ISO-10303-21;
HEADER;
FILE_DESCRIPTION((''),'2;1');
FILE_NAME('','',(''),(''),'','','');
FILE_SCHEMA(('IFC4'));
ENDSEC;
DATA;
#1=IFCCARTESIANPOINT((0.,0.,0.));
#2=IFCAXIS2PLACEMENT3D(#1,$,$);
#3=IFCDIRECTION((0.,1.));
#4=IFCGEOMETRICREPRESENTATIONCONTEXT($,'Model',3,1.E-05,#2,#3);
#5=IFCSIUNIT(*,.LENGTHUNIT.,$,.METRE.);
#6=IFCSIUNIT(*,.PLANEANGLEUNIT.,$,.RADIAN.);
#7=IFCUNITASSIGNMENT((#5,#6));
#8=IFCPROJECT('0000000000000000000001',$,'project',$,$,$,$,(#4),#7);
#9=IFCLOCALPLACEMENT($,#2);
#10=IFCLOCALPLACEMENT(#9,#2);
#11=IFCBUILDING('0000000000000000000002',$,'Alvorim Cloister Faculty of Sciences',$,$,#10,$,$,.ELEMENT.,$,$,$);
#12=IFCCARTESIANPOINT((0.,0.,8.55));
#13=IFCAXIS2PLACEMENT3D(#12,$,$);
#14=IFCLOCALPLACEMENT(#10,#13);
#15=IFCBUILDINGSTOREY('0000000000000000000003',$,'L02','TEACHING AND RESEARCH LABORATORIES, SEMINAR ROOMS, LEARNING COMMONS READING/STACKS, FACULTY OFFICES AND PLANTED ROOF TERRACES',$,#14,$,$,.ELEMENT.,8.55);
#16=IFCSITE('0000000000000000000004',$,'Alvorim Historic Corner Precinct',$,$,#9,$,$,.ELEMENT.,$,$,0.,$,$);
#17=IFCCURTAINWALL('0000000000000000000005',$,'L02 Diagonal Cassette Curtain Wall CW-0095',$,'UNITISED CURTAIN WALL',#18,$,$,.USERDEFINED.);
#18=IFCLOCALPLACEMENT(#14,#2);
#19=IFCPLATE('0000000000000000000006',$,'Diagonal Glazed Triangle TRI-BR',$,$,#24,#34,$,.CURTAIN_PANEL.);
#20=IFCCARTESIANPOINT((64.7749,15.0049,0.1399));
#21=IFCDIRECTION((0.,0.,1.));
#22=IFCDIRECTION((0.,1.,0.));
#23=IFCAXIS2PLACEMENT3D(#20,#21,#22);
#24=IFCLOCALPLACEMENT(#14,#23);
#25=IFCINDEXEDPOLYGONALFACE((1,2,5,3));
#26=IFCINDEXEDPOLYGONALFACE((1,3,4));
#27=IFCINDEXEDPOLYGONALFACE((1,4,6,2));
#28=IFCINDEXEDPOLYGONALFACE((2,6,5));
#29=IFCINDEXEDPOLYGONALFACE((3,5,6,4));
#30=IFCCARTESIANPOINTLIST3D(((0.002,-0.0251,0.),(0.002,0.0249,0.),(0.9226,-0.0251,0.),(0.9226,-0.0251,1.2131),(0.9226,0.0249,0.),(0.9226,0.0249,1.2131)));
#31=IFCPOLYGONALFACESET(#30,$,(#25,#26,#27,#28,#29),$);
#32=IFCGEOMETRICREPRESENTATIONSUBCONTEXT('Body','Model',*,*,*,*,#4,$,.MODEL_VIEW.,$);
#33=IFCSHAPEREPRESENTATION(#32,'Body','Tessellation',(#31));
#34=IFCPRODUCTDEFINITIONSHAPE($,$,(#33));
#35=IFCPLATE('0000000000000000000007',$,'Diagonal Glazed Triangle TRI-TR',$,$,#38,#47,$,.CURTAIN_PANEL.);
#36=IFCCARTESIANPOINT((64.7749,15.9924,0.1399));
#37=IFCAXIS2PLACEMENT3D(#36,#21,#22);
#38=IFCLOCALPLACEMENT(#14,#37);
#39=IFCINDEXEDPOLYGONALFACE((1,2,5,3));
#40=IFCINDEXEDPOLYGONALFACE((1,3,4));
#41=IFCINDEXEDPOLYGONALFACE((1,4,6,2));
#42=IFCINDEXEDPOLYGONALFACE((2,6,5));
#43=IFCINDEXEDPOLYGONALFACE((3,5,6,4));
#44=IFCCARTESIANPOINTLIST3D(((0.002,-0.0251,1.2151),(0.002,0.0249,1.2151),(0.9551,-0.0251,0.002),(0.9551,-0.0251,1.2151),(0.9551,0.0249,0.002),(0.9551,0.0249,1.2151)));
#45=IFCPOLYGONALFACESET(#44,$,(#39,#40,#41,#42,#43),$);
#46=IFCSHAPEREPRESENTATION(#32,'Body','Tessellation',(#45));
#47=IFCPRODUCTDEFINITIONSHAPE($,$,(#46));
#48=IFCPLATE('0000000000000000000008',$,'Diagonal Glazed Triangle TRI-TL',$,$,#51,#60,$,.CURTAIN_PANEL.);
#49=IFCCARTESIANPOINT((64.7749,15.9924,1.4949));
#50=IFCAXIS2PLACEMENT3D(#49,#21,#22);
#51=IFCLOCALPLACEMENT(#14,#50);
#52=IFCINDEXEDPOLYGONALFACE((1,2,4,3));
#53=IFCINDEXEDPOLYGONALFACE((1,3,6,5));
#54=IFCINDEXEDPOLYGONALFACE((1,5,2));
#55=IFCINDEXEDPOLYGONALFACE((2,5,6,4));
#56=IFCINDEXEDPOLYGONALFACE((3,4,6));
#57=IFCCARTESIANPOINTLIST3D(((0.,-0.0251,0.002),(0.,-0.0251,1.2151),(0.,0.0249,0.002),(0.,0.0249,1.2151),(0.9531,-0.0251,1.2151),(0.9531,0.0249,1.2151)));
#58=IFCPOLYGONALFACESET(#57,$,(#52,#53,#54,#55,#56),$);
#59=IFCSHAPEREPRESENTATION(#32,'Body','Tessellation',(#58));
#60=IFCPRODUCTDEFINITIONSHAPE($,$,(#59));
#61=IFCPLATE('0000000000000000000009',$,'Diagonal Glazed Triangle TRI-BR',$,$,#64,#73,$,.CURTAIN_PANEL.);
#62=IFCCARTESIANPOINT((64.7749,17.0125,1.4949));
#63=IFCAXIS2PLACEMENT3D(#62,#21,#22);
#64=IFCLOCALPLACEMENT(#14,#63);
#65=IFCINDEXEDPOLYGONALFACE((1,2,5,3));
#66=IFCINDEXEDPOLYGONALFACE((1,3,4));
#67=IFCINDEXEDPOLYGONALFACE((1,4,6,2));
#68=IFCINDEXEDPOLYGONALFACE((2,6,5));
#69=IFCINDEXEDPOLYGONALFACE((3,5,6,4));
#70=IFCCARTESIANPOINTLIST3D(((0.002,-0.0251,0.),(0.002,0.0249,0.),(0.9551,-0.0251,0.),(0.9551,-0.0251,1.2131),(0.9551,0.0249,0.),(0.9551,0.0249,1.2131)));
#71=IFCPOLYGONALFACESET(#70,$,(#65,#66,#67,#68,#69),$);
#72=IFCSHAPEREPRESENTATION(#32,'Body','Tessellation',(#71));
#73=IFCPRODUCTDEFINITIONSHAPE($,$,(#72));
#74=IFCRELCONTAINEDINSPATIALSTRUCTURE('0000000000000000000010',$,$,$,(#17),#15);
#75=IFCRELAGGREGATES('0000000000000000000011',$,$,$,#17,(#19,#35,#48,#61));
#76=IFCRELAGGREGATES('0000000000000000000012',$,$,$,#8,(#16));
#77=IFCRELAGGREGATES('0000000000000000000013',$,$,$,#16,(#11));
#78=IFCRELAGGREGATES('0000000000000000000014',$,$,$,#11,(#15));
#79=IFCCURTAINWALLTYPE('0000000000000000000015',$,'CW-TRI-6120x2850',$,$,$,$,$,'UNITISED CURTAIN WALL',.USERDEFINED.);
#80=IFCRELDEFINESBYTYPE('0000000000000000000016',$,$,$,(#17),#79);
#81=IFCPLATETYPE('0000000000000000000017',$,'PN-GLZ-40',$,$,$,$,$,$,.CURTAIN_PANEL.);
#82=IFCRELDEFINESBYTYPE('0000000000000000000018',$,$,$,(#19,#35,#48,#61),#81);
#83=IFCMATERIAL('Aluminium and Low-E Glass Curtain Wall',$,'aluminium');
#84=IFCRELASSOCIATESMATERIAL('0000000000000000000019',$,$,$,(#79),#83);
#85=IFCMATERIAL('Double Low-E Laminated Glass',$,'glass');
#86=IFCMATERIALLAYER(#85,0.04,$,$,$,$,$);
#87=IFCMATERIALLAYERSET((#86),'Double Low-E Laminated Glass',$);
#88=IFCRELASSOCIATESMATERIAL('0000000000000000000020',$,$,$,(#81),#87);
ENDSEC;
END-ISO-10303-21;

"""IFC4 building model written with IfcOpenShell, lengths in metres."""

from ifc_helpers import new_model, si_unit, direction, frame, origin, place, context, subcontext, project, spatial, polyline, outline, extrude, material, layer, layer_set, type_object, element, aggregate, save


model = new_model("IFC4")

# Units and contexts
model_context = context("Model", 3, precision=1e-05, world=origin(), true_north=direction((0.0, 1.0)))
body_context = subcontext(model_context, "Body", "Model", "MODEL_VIEW")
ifc_project = project(units=[si_unit("LENGTHUNIT", "METRE"), si_unit("PLANEANGLEUNIT", "RADIAN")], contexts=[model_context])

# Site, building, storey
site_placement = place(None, origin())
site = spatial("IfcSite", under=ifc_project, at=site_placement, Name="Alvorim Historic Corner Precinct", CompositionType="ELEMENT", RefElevation=0.0)
building_placement = place(site_placement, origin())
building = spatial("IfcBuilding", under=site, at=building_placement, Name="Alvorim Cloister Faculty of Sciences", CompositionType="ELEMENT")
storey_placement = place(building_placement, frame((0.0, 0.0, 8.55)))
storey = spatial("IfcBuildingStorey", under=building, at=storey_placement, Name="L02", Description="TEACHING AND RESEARCH LABORATORIES, SEMINAR ROOMS, LEARNING COMMONS READING/STACKS, FACULTY OFFICES AND PLANTED ROOF TERRACES", CompositionType="ELEMENT", Elevation=8.55)

# Curtain wall, plates
ifc_material_1 = material(Name="Aluminium and Low-E Glass Curtain Wall", Category="aluminium")
curtain_wall_type = type_object("IfcCurtainWallType", Name="CW-TRI-6120x2850", ElementType="UNITISED CURTAIN WALL", PredefinedType="USERDEFINED", material=ifc_material_1)
curtain_wall_placement = place(storey_placement, origin())
curtain_wall = element("IfcCurtainWall", 1, at=curtain_wall_placement, inside=storey, type_object=curtain_wall_type, Name="L02 Diagonal Cassette Curtain Wall CW-0095", ObjectType="UNITISED CURTAIN WALL", PredefinedType="USERDEFINED")
ifc_material_2 = material(Name="Double Low-E Laminated Glass", Category="glass")
ifc_layer_1 = layer(ifc_material_2, 0.04)
ifc_layer_set_1 = layer_set([ifc_layer_1], Name="Double Low-E Laminated Glass")
plate_type = type_object("IfcPlateType", Name="PN-GLZ-40", PredefinedType="CURTAIN_PANEL", material=ifc_layer_set_1)
plate_1_placement = place(storey_placement, frame((64.7749, 15.0049, 0.1399), z_axis=(0.0, 0.0, 1.0), x_axis=(0.0, 1.0, 0.0)))
plate_1 = element("IfcPlate", 2, at=plate_1_placement, type_object=plate_type, Name="Diagonal Glazed Triangle TRI-BR", PredefinedType="CURTAIN_PANEL", context=body_context, shape_type="SweptSolid", body=[
    extrude(outline(polyline([(0.002, 0.0), (0.9226, 0.0), (0.9226, 1.2131), (0.002, 0.0)])), frame((0.0, 0.0249, 0.0), z_axis=(0.0, -1.0, 0.0), x_axis=(1.0, 0.0, 0.0)), (0.0, 0.0, 1.0), 0.05),
])
plate_2_placement = place(storey_placement, frame((64.7749, 15.9924, 0.1399), z_axis=(0.0, 0.0, 1.0), x_axis=(0.0, 1.0, 0.0)))
plate_2 = element("IfcPlate", 3, at=plate_2_placement, type_object=plate_type, Name="Diagonal Glazed Triangle TRI-TR", PredefinedType="CURTAIN_PANEL", context=body_context, shape_type="SweptSolid", body=[
    extrude(outline(polyline([(0.9551, 0.002), (0.9551, 1.2151), (0.002, 1.2151), (0.9551, 0.002)])), frame((0.0, 0.0249, 0.0), z_axis=(0.0, -1.0, 0.0), x_axis=(1.0, 0.0, 0.0)), (0.0, 0.0, 1.0), 0.05),
])
plate_3_placement = place(storey_placement, frame((64.7749, 15.9924, 1.4949), z_axis=(0.0, 0.0, 1.0), x_axis=(0.0, 1.0, 0.0)))
plate_3 = element("IfcPlate", 4, at=plate_3_placement, type_object=plate_type, Name="Diagonal Glazed Triangle TRI-TL", PredefinedType="CURTAIN_PANEL", context=body_context, shape_type="SweptSolid", body=[
    extrude(outline(polyline([(0.9531, 1.2151), (0.0, 1.2151), (0.0, 0.002), (0.9531, 1.2151)])), frame((0.0, 0.0249, 0.0), z_axis=(0.0, -1.0, 0.0), x_axis=(1.0, 0.0, 0.0)), (0.0, 0.0, 1.0), 0.05),
])
plate_4_placement = place(storey_placement, frame((64.7749, 17.0125, 1.4949), z_axis=(0.0, 0.0, 1.0), x_axis=(0.0, 1.0, 0.0)))
plate_4 = element("IfcPlate", 5, at=plate_4_placement, type_object=plate_type, Name="Diagonal Glazed Triangle TRI-BR", PredefinedType="CURTAIN_PANEL", context=body_context, shape_type="SweptSolid", body=[
    extrude(outline(polyline([(0.002, 0.0), (0.9551, 0.0), (0.9551, 1.2131), (0.002, 0.0)])), frame((0.0, 0.0249, 0.0), z_axis=(0.0, -1.0, 0.0), x_axis=(1.0, 0.0, 0.0)), (0.0, 0.0, 1.0), 0.05),
])
aggregate(curtain_wall, [plate_1, plate_2, plate_3, plate_4])

save(model, "model.ifc")
